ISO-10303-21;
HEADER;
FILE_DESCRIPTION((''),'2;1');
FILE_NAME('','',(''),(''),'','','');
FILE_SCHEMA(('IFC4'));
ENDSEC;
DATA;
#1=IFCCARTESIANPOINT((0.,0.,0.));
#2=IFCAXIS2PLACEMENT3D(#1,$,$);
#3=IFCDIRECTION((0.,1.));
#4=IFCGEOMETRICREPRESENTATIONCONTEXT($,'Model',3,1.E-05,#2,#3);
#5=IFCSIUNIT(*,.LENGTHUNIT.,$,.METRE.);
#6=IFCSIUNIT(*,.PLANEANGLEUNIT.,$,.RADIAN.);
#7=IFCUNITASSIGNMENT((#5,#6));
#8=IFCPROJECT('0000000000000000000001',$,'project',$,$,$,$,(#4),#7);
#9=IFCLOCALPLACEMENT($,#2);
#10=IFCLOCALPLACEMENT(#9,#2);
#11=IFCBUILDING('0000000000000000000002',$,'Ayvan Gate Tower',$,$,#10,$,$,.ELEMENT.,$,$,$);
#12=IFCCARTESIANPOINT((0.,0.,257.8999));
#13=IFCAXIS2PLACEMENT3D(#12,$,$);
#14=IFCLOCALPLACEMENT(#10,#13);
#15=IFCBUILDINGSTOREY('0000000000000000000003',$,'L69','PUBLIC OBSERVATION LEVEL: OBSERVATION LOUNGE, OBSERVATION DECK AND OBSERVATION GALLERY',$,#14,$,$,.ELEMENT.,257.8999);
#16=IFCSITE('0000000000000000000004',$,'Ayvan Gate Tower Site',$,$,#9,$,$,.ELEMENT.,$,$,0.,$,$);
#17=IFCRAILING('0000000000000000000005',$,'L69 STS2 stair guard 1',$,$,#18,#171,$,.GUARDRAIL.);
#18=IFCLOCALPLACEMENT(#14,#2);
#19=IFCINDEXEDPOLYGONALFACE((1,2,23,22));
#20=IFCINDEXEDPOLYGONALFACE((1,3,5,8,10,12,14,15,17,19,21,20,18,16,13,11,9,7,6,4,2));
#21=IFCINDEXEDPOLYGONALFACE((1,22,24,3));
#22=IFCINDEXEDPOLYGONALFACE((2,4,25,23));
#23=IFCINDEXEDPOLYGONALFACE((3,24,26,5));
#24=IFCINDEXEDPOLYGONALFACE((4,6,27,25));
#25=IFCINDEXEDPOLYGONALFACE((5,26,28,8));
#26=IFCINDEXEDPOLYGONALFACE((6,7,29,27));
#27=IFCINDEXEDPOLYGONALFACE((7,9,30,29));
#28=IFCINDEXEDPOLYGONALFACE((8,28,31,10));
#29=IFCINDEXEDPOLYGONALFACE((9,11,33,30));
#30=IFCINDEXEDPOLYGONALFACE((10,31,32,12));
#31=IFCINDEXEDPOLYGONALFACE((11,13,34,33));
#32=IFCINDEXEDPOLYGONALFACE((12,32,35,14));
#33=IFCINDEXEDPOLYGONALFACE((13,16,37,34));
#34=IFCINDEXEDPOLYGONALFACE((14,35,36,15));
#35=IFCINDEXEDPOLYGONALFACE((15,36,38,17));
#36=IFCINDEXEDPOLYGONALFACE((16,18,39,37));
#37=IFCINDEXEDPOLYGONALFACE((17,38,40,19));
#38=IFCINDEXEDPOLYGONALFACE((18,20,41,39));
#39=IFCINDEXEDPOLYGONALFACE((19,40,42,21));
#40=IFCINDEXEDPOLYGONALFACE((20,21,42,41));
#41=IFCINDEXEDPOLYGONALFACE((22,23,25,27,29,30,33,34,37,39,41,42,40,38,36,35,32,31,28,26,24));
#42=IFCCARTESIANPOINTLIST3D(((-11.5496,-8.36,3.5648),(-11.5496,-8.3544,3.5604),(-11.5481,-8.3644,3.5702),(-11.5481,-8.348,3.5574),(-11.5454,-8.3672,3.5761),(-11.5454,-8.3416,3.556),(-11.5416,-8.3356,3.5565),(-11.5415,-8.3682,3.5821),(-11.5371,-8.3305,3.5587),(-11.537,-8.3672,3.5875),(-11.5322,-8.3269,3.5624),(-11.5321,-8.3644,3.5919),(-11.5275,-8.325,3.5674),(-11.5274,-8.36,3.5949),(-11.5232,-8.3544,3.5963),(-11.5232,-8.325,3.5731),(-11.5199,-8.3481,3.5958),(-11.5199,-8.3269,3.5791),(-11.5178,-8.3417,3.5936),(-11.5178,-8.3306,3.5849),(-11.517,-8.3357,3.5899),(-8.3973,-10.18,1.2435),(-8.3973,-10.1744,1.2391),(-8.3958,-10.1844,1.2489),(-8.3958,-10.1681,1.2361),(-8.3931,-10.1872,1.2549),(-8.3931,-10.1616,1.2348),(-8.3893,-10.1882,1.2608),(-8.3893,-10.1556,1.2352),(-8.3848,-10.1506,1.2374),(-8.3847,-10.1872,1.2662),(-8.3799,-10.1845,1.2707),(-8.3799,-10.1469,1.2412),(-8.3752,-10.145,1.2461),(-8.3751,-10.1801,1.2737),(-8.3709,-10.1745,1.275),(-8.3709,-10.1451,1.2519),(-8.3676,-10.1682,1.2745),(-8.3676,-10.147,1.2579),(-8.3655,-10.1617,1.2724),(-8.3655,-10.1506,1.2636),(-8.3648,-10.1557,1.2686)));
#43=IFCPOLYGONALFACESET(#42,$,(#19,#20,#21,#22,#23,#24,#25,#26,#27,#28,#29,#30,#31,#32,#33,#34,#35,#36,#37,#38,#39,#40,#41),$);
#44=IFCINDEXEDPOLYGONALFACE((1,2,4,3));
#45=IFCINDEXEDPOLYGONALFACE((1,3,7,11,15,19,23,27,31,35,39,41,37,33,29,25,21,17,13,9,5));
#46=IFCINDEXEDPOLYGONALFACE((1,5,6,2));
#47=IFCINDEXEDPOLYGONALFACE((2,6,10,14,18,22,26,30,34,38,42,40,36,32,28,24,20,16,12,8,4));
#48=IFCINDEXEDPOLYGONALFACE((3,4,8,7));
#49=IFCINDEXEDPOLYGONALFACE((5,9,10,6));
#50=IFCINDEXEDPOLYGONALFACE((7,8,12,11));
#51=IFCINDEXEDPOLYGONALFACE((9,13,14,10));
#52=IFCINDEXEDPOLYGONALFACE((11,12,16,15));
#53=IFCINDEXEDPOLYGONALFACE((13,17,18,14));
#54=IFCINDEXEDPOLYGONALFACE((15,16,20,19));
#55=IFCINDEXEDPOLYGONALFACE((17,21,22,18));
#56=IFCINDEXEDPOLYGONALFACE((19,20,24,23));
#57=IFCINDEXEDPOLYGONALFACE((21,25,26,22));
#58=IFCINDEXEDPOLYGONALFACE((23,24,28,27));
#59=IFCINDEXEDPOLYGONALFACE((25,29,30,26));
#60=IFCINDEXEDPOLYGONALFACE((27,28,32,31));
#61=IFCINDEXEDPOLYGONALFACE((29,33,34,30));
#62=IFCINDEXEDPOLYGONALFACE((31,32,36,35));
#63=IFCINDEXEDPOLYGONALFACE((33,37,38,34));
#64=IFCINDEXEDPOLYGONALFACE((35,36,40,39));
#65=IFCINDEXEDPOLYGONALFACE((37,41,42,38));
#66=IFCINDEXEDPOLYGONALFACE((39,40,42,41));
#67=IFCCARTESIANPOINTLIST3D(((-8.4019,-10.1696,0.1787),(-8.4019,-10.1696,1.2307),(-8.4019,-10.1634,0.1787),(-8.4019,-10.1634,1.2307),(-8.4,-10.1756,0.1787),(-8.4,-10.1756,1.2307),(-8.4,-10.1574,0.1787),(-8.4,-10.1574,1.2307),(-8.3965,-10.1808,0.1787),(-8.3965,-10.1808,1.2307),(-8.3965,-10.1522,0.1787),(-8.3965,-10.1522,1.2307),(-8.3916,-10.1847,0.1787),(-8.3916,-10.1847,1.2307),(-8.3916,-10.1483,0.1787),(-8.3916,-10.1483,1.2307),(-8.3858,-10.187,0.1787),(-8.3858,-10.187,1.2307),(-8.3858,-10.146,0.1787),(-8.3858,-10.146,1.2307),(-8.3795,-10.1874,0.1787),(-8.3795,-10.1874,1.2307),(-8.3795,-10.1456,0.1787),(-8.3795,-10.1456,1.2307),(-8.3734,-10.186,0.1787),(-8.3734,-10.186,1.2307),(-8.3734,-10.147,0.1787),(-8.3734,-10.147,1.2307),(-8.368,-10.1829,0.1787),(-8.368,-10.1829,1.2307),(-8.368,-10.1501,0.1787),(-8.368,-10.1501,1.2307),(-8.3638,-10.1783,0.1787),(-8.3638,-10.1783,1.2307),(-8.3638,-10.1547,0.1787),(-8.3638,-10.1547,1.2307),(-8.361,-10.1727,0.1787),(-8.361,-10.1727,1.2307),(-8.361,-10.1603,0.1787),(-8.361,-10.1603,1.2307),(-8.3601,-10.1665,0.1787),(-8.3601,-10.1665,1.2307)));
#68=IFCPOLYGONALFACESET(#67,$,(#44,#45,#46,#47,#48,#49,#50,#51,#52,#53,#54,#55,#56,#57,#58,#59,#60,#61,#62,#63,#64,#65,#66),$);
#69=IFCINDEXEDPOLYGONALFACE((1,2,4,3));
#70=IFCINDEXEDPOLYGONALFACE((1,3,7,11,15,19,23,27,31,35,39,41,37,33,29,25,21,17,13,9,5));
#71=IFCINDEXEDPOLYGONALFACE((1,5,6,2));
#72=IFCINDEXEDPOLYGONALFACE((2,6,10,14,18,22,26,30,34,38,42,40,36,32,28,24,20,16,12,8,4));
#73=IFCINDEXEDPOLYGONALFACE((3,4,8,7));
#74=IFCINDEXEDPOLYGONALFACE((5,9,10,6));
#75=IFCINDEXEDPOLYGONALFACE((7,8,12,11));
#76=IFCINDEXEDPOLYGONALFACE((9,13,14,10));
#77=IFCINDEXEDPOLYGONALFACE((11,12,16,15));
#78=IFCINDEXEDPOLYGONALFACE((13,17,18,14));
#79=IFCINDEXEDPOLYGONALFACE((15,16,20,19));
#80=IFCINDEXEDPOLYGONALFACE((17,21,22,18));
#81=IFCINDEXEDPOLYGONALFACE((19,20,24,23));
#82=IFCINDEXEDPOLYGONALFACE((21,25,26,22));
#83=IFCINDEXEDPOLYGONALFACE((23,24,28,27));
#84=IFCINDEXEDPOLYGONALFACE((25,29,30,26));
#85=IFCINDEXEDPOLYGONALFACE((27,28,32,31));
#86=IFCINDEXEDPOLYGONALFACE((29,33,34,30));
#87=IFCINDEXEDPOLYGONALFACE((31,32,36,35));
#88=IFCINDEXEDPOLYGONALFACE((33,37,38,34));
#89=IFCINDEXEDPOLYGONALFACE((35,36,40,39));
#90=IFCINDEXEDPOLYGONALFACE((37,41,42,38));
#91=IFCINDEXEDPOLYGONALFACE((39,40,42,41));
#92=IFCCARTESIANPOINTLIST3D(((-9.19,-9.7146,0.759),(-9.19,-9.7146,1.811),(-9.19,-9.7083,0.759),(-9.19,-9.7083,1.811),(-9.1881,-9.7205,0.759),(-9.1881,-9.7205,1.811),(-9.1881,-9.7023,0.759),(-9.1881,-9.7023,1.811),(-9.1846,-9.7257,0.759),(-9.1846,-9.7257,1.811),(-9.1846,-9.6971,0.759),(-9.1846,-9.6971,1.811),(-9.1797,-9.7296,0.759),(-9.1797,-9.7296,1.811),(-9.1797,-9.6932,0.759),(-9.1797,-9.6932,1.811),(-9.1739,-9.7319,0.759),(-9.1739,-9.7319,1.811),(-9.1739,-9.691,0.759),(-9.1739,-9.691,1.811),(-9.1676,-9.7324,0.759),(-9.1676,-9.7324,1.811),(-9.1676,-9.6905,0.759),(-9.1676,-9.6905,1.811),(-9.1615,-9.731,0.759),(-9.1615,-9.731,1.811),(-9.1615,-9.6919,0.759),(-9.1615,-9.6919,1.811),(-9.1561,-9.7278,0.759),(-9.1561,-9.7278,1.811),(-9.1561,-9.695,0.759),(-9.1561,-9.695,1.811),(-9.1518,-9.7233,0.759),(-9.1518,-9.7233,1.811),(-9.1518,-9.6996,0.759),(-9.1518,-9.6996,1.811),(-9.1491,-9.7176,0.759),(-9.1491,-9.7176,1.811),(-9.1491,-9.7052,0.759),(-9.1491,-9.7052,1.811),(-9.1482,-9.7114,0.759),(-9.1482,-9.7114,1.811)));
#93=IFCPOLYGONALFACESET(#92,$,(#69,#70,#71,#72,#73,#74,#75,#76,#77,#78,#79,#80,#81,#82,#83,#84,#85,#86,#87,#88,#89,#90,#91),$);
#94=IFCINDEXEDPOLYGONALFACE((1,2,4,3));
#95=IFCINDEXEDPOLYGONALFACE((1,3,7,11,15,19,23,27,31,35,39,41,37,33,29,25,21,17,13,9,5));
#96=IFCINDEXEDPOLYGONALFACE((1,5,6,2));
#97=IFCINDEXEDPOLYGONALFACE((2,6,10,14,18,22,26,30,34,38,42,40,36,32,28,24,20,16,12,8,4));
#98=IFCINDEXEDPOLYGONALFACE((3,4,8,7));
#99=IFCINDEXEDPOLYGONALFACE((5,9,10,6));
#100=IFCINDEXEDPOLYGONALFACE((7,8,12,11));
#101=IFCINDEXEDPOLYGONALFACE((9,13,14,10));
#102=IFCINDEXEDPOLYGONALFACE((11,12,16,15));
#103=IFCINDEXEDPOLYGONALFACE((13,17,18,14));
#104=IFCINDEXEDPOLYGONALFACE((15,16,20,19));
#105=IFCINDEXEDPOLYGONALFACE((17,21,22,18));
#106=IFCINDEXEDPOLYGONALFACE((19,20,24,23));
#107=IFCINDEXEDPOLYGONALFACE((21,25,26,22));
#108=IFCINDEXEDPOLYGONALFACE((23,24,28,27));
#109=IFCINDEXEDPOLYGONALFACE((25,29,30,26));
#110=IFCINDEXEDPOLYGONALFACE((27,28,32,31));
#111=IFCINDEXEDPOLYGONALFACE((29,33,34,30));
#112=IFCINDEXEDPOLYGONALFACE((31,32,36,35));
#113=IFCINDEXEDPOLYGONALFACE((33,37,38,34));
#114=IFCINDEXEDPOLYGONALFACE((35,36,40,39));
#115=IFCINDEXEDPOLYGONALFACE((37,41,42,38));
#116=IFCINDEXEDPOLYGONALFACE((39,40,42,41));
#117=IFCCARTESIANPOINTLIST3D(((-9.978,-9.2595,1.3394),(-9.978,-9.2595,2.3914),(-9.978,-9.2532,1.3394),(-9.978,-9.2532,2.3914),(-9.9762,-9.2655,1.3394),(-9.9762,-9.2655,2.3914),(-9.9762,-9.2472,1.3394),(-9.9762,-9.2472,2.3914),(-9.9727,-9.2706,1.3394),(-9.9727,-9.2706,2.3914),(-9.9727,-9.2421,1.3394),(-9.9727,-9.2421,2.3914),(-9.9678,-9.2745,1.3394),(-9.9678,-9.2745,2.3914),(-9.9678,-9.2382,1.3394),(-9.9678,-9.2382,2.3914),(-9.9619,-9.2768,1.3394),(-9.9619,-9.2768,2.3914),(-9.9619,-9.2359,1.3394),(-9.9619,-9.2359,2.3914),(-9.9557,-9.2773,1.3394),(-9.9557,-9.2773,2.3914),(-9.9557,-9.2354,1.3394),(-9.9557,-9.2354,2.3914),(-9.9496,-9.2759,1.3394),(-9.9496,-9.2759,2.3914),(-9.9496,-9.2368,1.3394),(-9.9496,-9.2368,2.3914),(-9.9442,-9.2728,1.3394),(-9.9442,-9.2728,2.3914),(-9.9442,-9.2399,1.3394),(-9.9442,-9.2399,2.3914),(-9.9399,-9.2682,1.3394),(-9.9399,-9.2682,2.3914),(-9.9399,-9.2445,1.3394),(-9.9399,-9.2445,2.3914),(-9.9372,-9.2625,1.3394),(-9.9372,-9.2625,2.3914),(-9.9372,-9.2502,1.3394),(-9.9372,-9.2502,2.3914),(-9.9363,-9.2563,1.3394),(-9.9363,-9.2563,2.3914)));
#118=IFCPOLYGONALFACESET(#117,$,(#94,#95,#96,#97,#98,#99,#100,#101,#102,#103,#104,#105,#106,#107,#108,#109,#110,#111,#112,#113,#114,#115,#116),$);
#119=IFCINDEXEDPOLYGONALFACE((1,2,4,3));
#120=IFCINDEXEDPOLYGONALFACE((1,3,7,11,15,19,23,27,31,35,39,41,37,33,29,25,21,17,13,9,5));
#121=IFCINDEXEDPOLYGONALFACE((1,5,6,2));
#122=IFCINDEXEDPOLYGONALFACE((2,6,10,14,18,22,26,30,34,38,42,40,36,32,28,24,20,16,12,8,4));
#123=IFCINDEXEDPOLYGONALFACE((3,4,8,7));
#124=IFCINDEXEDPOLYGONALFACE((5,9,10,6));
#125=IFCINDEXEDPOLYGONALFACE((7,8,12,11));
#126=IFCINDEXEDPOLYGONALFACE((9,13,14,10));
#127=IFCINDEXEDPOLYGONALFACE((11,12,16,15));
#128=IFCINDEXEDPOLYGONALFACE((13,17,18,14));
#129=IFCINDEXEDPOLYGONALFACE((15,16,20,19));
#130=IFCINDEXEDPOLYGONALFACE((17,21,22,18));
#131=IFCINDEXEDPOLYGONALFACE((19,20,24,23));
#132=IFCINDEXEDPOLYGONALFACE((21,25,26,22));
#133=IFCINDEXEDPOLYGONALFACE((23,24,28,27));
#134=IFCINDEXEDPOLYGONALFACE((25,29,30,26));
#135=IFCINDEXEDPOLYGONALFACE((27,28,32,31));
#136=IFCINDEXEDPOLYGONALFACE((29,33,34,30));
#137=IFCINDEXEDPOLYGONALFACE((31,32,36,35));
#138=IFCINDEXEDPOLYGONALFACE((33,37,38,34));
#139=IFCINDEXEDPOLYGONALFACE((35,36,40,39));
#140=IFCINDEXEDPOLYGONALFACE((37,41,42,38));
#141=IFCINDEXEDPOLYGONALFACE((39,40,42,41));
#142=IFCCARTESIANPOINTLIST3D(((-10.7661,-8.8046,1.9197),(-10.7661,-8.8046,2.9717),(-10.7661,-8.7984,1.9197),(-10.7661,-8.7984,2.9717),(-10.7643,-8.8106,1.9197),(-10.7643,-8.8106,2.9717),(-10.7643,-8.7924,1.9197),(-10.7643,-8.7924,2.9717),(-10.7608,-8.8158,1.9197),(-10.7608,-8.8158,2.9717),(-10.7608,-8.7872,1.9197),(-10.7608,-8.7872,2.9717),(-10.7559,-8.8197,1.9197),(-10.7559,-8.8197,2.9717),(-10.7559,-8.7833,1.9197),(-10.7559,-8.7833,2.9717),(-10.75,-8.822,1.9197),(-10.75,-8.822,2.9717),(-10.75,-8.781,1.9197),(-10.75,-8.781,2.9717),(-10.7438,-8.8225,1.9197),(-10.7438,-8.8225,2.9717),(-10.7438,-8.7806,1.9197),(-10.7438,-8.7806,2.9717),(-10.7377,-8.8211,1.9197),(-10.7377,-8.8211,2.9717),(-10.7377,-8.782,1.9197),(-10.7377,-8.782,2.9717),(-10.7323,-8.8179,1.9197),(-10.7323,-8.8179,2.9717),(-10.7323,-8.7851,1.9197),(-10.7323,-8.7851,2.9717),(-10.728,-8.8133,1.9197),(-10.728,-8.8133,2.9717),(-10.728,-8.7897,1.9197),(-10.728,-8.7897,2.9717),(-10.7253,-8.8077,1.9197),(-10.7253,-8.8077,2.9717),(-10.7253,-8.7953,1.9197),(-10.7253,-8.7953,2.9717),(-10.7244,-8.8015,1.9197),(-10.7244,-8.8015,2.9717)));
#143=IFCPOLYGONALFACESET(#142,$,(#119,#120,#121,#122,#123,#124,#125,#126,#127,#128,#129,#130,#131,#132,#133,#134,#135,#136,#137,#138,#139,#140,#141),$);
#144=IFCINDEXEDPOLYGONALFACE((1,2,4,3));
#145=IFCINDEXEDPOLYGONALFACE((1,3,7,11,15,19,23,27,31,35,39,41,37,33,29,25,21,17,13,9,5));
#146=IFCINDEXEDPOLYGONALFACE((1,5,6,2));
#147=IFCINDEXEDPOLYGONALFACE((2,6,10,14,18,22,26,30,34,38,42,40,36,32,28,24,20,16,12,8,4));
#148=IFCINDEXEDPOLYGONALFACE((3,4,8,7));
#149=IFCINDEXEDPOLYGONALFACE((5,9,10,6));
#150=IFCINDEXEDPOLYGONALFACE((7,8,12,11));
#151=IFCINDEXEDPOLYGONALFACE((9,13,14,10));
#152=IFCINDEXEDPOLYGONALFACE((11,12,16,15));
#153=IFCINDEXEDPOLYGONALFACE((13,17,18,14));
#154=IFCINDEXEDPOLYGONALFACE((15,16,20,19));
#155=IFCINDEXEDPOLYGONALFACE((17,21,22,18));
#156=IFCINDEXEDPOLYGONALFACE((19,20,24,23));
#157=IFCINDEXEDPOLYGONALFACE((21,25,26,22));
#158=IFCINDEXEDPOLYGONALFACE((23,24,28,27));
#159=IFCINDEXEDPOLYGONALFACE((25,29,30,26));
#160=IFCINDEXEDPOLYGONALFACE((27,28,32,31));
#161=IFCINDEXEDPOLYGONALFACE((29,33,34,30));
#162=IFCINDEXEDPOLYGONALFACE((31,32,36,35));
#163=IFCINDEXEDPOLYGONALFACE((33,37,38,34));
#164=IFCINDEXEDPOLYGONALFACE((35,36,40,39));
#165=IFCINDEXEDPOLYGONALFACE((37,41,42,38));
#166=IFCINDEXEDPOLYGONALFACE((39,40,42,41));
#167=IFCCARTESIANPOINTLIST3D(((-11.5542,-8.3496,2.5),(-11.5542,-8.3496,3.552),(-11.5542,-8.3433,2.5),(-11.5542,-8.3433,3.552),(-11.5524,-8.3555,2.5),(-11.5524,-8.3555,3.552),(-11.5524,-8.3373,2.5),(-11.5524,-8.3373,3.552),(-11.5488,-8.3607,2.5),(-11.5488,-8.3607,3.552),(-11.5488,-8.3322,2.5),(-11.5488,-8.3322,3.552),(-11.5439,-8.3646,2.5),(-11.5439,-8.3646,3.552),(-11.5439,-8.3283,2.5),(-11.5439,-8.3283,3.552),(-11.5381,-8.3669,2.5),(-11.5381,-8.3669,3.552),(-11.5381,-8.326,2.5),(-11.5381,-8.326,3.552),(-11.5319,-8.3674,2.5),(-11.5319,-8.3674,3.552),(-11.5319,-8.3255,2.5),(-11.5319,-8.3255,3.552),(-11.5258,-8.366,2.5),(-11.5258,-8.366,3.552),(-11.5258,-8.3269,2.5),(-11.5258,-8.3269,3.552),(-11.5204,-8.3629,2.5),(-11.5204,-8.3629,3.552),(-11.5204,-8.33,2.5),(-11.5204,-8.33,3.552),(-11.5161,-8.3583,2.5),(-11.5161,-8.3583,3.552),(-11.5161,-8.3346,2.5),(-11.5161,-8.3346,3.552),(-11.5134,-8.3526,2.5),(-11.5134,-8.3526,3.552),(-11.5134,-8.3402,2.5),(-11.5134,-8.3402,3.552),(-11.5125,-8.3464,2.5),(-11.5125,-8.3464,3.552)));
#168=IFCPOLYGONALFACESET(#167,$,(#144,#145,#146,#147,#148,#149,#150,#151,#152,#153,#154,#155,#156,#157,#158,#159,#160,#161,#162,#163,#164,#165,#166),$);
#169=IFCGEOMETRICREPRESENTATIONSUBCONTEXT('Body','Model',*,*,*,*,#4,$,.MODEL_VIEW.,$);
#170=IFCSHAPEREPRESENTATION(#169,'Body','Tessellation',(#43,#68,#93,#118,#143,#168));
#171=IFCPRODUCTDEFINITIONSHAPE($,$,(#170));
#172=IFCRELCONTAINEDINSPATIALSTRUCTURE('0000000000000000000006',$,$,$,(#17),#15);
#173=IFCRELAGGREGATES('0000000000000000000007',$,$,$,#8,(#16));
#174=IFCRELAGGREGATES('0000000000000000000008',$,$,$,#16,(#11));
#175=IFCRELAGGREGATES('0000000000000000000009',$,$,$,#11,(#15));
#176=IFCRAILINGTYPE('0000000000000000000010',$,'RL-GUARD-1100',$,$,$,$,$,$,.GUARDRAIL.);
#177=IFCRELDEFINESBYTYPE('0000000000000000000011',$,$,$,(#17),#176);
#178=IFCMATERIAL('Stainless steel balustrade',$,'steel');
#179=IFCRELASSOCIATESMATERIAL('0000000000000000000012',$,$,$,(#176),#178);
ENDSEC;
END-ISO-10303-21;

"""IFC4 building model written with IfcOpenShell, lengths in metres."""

from ifc_helpers import new_model, si_unit, direction, frame, origin, origin_2d, place, context, subcontext, project, spatial, circle, extrude, material, type_object, element, save


model = new_model("IFC4")

# Units and contexts
model_context = context("Model", 3, precision=1e-05, world=origin(), true_north=direction((0.0, 1.0)))
body_context = subcontext(model_context, "Body", "Model", "MODEL_VIEW")
ifc_project = project(units=[si_unit("LENGTHUNIT", "METRE"), si_unit("PLANEANGLEUNIT", "RADIAN")], contexts=[model_context])

# Site, building, storey
site_placement = place(None, origin())
site = spatial("IfcSite", under=ifc_project, at=site_placement, Name="Ayvan Gate Tower Site", CompositionType="ELEMENT", RefElevation=0.0)
building_placement = place(site_placement, origin())
building = spatial("IfcBuilding", under=site, at=building_placement, Name="Ayvan Gate Tower", CompositionType="ELEMENT")
storey_placement = place(building_placement, frame((0.0, 0.0, 257.8999)))
storey = spatial("IfcBuildingStorey", under=building, at=storey_placement, Name="L69", Description="PUBLIC OBSERVATION LEVEL: OBSERVATION LOUNGE, OBSERVATION DECK AND OBSERVATION GALLERY", CompositionType="ELEMENT", Elevation=257.8999)

# Railing
ifc_material_1 = material(Name="Stainless steel balustrade", Category="steel")
railing_type_1 = type_object("IfcRailingType", Name="RL-GUARD-1100", PredefinedType="GUARDRAIL", material=ifc_material_1)
railing_1_placement = place(storey_placement, frame((-8.3811, -10.1665, 0.1787)))
element("IfcRailing", 1, at=railing_1_placement, inside=storey, type_object=railing_type_1, Name="L69 STS2 stair guard 1", PredefinedType="GUARDRAIL", context=body_context, shape_type="SweptSolid", body=[
    extrude(circle(Radius=0.0239, at=origin_2d()), frame((0.0, 0.0, 1.0762), z_axis=(-0.730181, 0.421584, 0.537683), x_axis=(-0.500013, -0.866018, 0.0)), (0.0, 0.0, 1.0), 4.3171),
    extrude(circle(Radius=0.021, at=origin_2d()), origin(), (0.0, 0.0, 1.0), 1.052),
    extrude(circle(Radius=0.021, at=origin_2d()), frame((-0.7881, 0.4551, 0.5803)), (0.0, 0.0, 1.0), 1.052),
    extrude(circle(Radius=0.021, at=origin_2d()), frame((-1.5762, 0.9102, 1.1606)), (0.0, 0.0, 1.0), 1.052),
    extrude(circle(Radius=0.021, at=origin_2d()), frame((-2.3643, 1.365, 1.741)), (0.0, 0.0, 1.0), 1.052),
    extrude(circle(Radius=0.021, at=origin_2d()), frame((-3.1523, 1.8201, 2.3213)), (0.0, 0.0, 1.0), 1.052),
])

save(model, "model.ifc")
